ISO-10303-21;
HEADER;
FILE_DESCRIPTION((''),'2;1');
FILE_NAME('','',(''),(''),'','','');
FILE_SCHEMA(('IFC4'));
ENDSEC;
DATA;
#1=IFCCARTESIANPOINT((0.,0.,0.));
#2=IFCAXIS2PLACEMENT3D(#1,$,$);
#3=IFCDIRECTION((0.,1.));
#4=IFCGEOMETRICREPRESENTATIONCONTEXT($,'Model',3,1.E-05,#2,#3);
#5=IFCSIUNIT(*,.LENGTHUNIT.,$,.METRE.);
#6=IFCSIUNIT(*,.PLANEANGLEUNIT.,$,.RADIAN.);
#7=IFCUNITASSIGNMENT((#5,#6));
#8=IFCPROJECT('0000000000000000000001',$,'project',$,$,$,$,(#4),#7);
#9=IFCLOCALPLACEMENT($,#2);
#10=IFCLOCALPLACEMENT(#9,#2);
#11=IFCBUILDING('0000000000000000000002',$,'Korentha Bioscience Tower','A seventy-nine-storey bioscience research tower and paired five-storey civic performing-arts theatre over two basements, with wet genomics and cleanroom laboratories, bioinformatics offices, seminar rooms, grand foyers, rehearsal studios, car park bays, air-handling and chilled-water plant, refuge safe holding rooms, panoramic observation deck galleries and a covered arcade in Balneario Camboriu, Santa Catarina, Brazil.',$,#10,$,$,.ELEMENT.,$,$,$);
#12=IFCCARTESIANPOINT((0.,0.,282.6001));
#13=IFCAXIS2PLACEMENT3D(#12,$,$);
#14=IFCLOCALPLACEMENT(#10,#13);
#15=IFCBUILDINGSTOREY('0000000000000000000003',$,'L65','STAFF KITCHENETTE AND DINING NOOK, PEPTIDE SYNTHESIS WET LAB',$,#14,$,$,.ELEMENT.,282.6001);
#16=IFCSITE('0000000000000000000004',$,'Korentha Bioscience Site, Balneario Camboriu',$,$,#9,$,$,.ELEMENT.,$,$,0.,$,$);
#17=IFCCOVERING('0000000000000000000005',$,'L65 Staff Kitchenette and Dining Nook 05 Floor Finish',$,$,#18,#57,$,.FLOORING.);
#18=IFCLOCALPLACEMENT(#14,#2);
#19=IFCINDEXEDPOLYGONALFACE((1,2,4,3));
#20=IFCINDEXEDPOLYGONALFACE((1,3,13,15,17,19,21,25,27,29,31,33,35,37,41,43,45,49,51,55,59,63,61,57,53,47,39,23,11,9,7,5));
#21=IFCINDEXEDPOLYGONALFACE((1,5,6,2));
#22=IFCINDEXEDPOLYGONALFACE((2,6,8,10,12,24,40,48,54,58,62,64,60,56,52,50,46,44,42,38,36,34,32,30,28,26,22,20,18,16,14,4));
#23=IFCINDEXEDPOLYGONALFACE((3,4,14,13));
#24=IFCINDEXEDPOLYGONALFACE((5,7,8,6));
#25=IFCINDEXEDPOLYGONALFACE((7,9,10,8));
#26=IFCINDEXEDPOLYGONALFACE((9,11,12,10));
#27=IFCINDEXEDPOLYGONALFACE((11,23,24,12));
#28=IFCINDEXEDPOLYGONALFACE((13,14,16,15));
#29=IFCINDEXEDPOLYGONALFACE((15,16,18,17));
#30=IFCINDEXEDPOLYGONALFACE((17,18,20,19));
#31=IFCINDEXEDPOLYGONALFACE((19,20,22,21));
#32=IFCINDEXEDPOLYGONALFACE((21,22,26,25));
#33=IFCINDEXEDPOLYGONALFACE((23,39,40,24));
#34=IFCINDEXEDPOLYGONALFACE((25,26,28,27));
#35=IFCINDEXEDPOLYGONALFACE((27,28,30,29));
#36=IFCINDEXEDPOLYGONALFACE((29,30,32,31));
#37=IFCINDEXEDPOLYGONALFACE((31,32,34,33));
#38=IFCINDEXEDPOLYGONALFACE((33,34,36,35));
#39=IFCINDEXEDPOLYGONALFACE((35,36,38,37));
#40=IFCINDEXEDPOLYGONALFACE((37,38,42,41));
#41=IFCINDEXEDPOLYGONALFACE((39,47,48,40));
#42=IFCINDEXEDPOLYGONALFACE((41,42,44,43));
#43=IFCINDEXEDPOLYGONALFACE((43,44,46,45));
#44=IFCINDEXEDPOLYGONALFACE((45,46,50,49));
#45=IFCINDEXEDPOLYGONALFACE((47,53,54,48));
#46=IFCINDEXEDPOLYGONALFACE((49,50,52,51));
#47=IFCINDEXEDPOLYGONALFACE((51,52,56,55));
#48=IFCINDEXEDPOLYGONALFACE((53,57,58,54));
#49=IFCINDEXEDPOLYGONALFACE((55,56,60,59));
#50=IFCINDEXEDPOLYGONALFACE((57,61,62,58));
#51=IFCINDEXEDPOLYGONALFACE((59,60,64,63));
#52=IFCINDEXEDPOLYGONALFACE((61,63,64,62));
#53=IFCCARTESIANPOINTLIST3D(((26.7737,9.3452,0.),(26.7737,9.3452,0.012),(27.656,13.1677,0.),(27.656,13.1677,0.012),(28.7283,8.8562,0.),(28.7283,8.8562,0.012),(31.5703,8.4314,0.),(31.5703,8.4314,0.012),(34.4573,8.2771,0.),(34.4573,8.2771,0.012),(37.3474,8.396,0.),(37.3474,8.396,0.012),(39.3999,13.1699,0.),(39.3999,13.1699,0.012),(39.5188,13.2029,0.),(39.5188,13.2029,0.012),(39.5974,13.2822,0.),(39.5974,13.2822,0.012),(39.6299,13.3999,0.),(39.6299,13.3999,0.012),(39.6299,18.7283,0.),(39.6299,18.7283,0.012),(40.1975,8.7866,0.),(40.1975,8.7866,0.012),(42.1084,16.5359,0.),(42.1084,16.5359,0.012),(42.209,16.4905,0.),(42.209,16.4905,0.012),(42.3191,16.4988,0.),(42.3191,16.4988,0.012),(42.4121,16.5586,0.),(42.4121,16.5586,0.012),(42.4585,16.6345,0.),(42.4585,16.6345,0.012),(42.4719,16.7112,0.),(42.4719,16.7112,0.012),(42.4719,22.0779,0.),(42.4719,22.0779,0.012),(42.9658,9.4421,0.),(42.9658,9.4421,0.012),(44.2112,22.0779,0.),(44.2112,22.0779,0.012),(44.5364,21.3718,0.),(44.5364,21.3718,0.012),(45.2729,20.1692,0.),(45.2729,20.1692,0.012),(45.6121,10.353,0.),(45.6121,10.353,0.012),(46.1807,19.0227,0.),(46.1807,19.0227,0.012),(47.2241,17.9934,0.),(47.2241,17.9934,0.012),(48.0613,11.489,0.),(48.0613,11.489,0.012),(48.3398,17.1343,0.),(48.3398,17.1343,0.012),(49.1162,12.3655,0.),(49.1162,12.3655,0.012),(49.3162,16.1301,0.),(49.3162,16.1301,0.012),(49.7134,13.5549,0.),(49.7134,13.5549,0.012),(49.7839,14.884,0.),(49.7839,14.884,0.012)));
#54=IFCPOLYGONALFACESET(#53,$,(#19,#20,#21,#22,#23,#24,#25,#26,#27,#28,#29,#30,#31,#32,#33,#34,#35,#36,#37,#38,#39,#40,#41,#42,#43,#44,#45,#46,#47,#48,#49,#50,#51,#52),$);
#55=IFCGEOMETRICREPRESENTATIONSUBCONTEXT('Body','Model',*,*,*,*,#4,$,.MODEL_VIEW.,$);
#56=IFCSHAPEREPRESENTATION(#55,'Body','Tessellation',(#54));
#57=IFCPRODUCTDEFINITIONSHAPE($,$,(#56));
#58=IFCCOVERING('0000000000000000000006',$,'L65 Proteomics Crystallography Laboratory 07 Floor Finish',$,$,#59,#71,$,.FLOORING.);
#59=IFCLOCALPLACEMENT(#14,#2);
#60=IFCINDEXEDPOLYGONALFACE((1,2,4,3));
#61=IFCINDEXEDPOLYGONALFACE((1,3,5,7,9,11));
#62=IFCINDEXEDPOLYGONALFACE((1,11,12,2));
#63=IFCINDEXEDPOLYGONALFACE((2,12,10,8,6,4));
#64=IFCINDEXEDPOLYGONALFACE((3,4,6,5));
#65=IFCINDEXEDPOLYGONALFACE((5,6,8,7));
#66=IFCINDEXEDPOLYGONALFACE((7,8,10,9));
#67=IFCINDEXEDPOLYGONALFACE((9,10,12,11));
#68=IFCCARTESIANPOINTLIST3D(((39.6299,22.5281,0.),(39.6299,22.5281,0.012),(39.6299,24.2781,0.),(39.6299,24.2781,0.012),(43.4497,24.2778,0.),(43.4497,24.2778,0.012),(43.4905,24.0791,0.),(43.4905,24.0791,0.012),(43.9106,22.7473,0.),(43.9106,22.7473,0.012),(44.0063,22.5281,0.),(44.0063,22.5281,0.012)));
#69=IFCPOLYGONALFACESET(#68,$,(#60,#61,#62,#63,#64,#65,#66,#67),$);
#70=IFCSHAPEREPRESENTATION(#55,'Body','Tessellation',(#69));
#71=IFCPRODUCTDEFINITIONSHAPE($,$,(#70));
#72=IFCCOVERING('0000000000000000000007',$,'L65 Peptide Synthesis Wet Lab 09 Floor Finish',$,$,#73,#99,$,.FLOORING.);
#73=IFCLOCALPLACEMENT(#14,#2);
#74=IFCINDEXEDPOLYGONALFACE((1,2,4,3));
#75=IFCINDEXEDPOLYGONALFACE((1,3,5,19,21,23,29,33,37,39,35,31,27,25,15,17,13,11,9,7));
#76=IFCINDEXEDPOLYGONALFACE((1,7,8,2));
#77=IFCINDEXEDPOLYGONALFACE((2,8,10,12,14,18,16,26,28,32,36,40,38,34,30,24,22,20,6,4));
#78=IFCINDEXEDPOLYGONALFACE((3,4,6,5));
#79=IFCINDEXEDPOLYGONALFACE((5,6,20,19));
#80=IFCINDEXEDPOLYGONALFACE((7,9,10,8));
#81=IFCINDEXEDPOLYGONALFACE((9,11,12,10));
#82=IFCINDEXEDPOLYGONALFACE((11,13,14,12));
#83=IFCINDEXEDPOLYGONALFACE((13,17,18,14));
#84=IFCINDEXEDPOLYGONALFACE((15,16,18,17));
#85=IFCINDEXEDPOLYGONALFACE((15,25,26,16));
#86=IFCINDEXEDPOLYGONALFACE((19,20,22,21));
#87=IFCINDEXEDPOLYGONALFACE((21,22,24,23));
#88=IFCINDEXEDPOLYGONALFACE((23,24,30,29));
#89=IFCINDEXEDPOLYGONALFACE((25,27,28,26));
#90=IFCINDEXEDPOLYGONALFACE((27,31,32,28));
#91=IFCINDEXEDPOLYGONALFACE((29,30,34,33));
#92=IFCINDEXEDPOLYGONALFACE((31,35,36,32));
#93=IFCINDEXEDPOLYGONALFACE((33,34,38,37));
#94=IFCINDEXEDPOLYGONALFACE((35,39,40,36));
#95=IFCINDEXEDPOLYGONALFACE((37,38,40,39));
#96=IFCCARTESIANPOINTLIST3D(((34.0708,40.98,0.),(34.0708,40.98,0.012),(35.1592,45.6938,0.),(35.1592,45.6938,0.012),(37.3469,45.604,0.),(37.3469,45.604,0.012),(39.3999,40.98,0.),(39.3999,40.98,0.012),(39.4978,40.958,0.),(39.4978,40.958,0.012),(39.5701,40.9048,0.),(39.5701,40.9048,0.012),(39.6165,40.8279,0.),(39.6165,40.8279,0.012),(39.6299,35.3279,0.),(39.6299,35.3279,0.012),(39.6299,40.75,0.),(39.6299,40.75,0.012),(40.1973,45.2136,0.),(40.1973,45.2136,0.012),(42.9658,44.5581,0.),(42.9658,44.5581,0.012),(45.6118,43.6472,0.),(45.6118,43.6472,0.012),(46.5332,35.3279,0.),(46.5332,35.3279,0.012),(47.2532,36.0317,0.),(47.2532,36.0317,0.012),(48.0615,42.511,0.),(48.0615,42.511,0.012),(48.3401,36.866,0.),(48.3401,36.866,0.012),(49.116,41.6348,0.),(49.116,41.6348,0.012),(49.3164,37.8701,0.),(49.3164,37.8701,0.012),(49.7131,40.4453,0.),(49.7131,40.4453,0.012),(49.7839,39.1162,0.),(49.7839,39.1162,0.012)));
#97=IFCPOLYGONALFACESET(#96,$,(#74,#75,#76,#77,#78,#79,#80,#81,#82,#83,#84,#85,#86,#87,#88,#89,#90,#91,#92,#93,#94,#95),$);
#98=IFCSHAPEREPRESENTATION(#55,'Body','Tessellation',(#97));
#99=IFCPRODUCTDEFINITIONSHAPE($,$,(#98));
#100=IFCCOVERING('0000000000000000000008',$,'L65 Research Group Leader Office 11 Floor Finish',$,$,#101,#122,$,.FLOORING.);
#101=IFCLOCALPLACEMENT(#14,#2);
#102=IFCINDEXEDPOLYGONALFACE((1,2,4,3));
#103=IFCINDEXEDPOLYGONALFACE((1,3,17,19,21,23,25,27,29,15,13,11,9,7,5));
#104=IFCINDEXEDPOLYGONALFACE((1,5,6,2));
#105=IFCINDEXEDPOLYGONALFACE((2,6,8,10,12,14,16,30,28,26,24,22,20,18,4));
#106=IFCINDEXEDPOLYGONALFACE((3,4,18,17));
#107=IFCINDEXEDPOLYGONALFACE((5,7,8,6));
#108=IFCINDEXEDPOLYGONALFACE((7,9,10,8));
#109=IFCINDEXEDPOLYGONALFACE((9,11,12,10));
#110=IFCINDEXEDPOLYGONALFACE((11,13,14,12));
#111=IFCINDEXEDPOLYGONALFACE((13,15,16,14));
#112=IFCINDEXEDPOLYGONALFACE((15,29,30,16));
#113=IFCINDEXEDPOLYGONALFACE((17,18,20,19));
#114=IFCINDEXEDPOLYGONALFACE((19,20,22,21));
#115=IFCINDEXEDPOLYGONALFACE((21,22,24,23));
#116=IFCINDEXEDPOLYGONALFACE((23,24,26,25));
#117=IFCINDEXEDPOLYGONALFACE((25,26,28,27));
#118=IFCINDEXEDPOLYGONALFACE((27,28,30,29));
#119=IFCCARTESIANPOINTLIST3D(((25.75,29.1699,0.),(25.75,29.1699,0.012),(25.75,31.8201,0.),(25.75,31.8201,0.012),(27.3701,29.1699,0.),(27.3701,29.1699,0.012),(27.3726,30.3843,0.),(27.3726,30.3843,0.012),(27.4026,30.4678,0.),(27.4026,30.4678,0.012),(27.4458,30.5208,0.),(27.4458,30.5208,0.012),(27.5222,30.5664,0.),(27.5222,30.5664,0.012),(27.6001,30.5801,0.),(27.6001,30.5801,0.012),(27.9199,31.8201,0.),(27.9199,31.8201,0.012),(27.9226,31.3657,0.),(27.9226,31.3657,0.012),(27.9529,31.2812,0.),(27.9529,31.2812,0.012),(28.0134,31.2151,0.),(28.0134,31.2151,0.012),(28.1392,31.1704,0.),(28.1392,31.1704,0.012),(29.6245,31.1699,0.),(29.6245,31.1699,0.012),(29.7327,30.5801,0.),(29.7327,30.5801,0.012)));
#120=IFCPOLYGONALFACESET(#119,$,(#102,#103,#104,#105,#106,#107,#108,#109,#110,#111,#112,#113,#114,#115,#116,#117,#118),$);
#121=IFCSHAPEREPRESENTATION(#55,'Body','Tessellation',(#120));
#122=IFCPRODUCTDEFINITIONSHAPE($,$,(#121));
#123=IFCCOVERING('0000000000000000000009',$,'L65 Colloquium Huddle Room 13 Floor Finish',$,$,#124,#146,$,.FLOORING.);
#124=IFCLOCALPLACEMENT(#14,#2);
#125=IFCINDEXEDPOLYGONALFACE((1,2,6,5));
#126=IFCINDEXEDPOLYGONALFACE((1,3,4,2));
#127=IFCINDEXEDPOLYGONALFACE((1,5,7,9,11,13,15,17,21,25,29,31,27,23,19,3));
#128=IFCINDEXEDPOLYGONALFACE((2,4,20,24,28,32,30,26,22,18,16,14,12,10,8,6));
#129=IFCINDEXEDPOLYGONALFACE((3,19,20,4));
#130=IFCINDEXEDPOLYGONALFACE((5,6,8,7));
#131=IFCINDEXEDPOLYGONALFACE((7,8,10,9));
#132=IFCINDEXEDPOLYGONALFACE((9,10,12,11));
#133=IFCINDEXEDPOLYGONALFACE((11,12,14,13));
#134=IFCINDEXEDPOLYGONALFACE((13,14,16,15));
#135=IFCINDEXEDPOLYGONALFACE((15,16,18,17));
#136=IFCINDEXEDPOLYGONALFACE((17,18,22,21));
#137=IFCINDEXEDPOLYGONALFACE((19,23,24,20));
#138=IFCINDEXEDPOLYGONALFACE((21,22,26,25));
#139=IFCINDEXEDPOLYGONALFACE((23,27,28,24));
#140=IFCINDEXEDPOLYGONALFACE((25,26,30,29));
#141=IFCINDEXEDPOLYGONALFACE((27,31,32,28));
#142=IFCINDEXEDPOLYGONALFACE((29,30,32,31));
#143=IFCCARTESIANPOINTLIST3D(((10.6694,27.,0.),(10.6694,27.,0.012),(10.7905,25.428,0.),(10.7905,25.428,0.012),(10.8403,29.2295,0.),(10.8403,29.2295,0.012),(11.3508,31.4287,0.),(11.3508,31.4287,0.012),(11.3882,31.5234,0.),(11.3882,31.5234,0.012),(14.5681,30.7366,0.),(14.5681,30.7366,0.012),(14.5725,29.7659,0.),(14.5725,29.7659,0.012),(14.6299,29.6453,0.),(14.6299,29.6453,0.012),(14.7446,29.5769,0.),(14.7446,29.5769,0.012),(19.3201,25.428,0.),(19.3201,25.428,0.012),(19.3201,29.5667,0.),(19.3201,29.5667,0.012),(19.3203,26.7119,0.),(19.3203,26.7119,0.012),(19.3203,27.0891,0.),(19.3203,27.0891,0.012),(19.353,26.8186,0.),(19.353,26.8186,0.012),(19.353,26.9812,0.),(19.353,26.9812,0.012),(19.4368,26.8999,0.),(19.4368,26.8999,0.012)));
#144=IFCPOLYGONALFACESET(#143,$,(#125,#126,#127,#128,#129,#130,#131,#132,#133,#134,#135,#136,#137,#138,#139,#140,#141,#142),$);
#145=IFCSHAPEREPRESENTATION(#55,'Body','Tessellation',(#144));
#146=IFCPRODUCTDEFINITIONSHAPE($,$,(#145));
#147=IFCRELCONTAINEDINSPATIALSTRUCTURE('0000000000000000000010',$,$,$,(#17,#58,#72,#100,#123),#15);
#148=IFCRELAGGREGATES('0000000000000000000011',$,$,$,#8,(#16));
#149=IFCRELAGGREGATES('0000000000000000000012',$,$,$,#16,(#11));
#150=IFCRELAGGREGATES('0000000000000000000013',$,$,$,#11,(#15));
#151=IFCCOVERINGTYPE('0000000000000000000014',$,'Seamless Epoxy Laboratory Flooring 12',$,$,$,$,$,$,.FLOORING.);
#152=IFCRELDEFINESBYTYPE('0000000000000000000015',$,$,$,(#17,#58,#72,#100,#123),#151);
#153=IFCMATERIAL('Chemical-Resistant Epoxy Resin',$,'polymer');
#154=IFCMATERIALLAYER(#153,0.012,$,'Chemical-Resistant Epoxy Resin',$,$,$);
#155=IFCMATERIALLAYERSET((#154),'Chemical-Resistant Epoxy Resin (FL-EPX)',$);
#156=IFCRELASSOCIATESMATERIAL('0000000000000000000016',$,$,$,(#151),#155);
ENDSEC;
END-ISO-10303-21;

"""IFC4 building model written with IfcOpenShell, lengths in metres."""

from ifc_helpers import new_model, si_unit, direction, frame, origin, place, context, subcontext, project, spatial, polyline, outline, extrude, material, layer, layer_set, type_object, element, save


model = new_model("IFC4")

# Units and contexts
model_context = context("Model", 3, precision=1e-05, world=origin(), true_north=direction((0.0, 1.0)))
body_context = subcontext(model_context, "Body", "Model", "MODEL_VIEW")
ifc_project = project(units=[si_unit("LENGTHUNIT", "METRE"), si_unit("PLANEANGLEUNIT", "RADIAN")], contexts=[model_context])

# Site, building, storey
site_placement = place(None, origin())
site = spatial("IfcSite", under=ifc_project, at=site_placement, Name="Korentha Bioscience Site, Balneario Camboriu", CompositionType="ELEMENT", RefElevation=0.0)
building_placement = place(site_placement, origin())
building = spatial("IfcBuilding", under=site, at=building_placement, Name="Korentha Bioscience Tower", Description="A seventy-nine-storey bioscience research tower and paired five-storey civic performing-arts theatre over two basements, with wet genomics and cleanroom laboratories, bioinformatics offices, seminar rooms, grand foyers, rehearsal studios, car park bays, air-handling and chilled-water plant, refuge safe holding rooms, panoramic observation deck galleries and a covered arcade in Balneario Camboriu, Santa Catarina, Brazil.", CompositionType="ELEMENT")
storey_placement = place(building_placement, frame((0.0, 0.0, 282.6001)))
storey = spatial("IfcBuildingStorey", under=building, at=storey_placement, Name="L65", Description="STAFF KITCHENETTE AND DINING NOOK, PEPTIDE SYNTHESIS WET LAB", CompositionType="ELEMENT", Elevation=282.6001)

# Coverings
ifc_material_1 = material(Name="Chemical-Resistant Epoxy Resin", Category="polymer")
ifc_layer_1 = layer(ifc_material_1, 0.012, Name="Chemical-Resistant Epoxy Resin")
ifc_layer_set_1 = layer_set([ifc_layer_1], Name="Chemical-Resistant Epoxy Resin (FL-EPX)")
covering_type_1 = type_object("IfcCoveringType", Name="Seamless Epoxy Laboratory Flooring 12", PredefinedType="FLOORING", material=ifc_layer_set_1)
covering_1_placement = place(storey_placement, origin())
element("IfcCovering", 1, at=covering_1_placement, inside=storey, type_object=covering_type_1, Name="L65 Staff Kitchenette and Dining Nook 05 Floor Finish", PredefinedType="FLOORING", context=body_context, shape_type="SweptSolid", body=[
    extrude(outline(polyline([(27.656, 13.1677), (39.3999, 13.1699), (39.5188, 13.2029), (39.5974, 13.2822), (39.6299, 13.3999), (39.6299, 18.7283), (42.1084, 16.5359), (42.209, 16.4905), (42.3191, 16.4988), (42.4121, 16.5586), (42.4585, 16.6345), (42.4719, 16.7112), (42.4719, 22.0779), (44.2112, 22.0779), (44.5364, 21.3718), (45.2729, 20.1692), (46.1807, 19.0227), (47.2241, 17.9934), (48.3398, 17.1343), (49.3162, 16.1301), (49.7839, 14.884), (49.7134, 13.5549), (49.1162, 12.3655), (48.0613, 11.489), (45.6121, 10.353), (42.9658, 9.4421), (40.1975, 8.7866), (37.3474, 8.396), (34.4573, 8.2771), (31.5703, 8.4314), (28.7283, 8.8562), (26.7737, 9.3452), (27.656, 13.1677)])), origin(), (0.0, 0.0, 1.0), 0.012),
])
covering_2_placement = place(storey_placement, origin())
element("IfcCovering", 2, at=covering_2_placement, inside=storey, type_object=covering_type_1, Name="L65 Proteomics Crystallography Laboratory 07 Floor Finish", PredefinedType="FLOORING", context=body_context, shape_type="SweptSolid", body=[
    extrude(outline(polyline([(39.6299, 24.2781), (43.4497, 24.2778), (43.4905, 24.0791), (43.9106, 22.7473), (44.0063, 22.5281), (39.6299, 22.5281), (39.6299, 24.2781)])), origin(), (0.0, 0.0, 1.0), 0.012),
])
covering_3_placement = place(storey_placement, origin())
element("IfcCovering", 3, at=covering_3_placement, inside=storey, type_object=covering_type_1, Name="L65 Peptide Synthesis Wet Lab 09 Floor Finish", PredefinedType="FLOORING", context=body_context, shape_type="SweptSolid", body=[
    extrude(outline(polyline([(37.3469, 45.604), (40.1973, 45.2136), (42.9658, 44.5581), (45.6118, 43.6472), (48.0615, 42.511), (49.116, 41.6348), (49.7131, 40.4453), (49.7839, 39.1162), (49.3164, 37.8701), (48.3401, 36.866), (47.2532, 36.0317), (46.5332, 35.3279), (39.6299, 35.3279), (39.6299, 40.75), (39.6165, 40.8279), (39.5701, 40.9048), (39.4978, 40.958), (39.3999, 40.98), (34.0708, 40.98), (35.1592, 45.6938), (37.3469, 45.604)])), origin(), (0.0, 0.0, 1.0), 0.012),
])
covering_4_placement = place(storey_placement, origin())
element("IfcCovering", 4, at=covering_4_placement, inside=storey, type_object=covering_type_1, Name="L65 Research Group Leader Office 11 Floor Finish", PredefinedType="FLOORING", context=body_context, shape_type="SweptSolid", body=[
    extrude(outline(polyline([(27.6001, 30.5801), (27.5222, 30.5664), (27.4458, 30.5208), (27.4026, 30.4678), (27.3726, 30.3843), (27.3701, 29.1699), (25.75, 29.1699), (25.75, 31.8201), (27.9199, 31.8201), (27.9226, 31.3657), (27.9529, 31.2812), (28.0134, 31.2151), (28.1392, 31.1704), (29.6245, 31.1699), (29.7327, 30.5801), (27.6001, 30.5801)])), origin(), (0.0, 0.0, 1.0), 0.012),
])
covering_5_placement = place(storey_placement, origin())
element("IfcCovering", 5, at=covering_5_placement, inside=storey, type_object=covering_type_1, Name="L65 Colloquium Huddle Room 13 Floor Finish", PredefinedType="FLOORING", context=body_context, shape_type="SweptSolid", body=[
    extrude(outline(polyline([(11.3508, 31.4287), (11.3882, 31.5234), (14.5681, 30.7366), (14.5725, 29.7659), (14.6299, 29.6453), (14.7446, 29.5769), (19.3201, 29.5667), (19.3203, 27.0891), (19.353, 26.9812), (19.4368, 26.8999), (19.353, 26.8186), (19.3203, 26.7119), (19.3201, 25.428), (10.7905, 25.428), (10.6694, 27.0), (10.8403, 29.2295), (11.3508, 31.4287)])), origin(), (0.0, 0.0, 1.0), 0.012),
])

save(model, "model.ifc")
